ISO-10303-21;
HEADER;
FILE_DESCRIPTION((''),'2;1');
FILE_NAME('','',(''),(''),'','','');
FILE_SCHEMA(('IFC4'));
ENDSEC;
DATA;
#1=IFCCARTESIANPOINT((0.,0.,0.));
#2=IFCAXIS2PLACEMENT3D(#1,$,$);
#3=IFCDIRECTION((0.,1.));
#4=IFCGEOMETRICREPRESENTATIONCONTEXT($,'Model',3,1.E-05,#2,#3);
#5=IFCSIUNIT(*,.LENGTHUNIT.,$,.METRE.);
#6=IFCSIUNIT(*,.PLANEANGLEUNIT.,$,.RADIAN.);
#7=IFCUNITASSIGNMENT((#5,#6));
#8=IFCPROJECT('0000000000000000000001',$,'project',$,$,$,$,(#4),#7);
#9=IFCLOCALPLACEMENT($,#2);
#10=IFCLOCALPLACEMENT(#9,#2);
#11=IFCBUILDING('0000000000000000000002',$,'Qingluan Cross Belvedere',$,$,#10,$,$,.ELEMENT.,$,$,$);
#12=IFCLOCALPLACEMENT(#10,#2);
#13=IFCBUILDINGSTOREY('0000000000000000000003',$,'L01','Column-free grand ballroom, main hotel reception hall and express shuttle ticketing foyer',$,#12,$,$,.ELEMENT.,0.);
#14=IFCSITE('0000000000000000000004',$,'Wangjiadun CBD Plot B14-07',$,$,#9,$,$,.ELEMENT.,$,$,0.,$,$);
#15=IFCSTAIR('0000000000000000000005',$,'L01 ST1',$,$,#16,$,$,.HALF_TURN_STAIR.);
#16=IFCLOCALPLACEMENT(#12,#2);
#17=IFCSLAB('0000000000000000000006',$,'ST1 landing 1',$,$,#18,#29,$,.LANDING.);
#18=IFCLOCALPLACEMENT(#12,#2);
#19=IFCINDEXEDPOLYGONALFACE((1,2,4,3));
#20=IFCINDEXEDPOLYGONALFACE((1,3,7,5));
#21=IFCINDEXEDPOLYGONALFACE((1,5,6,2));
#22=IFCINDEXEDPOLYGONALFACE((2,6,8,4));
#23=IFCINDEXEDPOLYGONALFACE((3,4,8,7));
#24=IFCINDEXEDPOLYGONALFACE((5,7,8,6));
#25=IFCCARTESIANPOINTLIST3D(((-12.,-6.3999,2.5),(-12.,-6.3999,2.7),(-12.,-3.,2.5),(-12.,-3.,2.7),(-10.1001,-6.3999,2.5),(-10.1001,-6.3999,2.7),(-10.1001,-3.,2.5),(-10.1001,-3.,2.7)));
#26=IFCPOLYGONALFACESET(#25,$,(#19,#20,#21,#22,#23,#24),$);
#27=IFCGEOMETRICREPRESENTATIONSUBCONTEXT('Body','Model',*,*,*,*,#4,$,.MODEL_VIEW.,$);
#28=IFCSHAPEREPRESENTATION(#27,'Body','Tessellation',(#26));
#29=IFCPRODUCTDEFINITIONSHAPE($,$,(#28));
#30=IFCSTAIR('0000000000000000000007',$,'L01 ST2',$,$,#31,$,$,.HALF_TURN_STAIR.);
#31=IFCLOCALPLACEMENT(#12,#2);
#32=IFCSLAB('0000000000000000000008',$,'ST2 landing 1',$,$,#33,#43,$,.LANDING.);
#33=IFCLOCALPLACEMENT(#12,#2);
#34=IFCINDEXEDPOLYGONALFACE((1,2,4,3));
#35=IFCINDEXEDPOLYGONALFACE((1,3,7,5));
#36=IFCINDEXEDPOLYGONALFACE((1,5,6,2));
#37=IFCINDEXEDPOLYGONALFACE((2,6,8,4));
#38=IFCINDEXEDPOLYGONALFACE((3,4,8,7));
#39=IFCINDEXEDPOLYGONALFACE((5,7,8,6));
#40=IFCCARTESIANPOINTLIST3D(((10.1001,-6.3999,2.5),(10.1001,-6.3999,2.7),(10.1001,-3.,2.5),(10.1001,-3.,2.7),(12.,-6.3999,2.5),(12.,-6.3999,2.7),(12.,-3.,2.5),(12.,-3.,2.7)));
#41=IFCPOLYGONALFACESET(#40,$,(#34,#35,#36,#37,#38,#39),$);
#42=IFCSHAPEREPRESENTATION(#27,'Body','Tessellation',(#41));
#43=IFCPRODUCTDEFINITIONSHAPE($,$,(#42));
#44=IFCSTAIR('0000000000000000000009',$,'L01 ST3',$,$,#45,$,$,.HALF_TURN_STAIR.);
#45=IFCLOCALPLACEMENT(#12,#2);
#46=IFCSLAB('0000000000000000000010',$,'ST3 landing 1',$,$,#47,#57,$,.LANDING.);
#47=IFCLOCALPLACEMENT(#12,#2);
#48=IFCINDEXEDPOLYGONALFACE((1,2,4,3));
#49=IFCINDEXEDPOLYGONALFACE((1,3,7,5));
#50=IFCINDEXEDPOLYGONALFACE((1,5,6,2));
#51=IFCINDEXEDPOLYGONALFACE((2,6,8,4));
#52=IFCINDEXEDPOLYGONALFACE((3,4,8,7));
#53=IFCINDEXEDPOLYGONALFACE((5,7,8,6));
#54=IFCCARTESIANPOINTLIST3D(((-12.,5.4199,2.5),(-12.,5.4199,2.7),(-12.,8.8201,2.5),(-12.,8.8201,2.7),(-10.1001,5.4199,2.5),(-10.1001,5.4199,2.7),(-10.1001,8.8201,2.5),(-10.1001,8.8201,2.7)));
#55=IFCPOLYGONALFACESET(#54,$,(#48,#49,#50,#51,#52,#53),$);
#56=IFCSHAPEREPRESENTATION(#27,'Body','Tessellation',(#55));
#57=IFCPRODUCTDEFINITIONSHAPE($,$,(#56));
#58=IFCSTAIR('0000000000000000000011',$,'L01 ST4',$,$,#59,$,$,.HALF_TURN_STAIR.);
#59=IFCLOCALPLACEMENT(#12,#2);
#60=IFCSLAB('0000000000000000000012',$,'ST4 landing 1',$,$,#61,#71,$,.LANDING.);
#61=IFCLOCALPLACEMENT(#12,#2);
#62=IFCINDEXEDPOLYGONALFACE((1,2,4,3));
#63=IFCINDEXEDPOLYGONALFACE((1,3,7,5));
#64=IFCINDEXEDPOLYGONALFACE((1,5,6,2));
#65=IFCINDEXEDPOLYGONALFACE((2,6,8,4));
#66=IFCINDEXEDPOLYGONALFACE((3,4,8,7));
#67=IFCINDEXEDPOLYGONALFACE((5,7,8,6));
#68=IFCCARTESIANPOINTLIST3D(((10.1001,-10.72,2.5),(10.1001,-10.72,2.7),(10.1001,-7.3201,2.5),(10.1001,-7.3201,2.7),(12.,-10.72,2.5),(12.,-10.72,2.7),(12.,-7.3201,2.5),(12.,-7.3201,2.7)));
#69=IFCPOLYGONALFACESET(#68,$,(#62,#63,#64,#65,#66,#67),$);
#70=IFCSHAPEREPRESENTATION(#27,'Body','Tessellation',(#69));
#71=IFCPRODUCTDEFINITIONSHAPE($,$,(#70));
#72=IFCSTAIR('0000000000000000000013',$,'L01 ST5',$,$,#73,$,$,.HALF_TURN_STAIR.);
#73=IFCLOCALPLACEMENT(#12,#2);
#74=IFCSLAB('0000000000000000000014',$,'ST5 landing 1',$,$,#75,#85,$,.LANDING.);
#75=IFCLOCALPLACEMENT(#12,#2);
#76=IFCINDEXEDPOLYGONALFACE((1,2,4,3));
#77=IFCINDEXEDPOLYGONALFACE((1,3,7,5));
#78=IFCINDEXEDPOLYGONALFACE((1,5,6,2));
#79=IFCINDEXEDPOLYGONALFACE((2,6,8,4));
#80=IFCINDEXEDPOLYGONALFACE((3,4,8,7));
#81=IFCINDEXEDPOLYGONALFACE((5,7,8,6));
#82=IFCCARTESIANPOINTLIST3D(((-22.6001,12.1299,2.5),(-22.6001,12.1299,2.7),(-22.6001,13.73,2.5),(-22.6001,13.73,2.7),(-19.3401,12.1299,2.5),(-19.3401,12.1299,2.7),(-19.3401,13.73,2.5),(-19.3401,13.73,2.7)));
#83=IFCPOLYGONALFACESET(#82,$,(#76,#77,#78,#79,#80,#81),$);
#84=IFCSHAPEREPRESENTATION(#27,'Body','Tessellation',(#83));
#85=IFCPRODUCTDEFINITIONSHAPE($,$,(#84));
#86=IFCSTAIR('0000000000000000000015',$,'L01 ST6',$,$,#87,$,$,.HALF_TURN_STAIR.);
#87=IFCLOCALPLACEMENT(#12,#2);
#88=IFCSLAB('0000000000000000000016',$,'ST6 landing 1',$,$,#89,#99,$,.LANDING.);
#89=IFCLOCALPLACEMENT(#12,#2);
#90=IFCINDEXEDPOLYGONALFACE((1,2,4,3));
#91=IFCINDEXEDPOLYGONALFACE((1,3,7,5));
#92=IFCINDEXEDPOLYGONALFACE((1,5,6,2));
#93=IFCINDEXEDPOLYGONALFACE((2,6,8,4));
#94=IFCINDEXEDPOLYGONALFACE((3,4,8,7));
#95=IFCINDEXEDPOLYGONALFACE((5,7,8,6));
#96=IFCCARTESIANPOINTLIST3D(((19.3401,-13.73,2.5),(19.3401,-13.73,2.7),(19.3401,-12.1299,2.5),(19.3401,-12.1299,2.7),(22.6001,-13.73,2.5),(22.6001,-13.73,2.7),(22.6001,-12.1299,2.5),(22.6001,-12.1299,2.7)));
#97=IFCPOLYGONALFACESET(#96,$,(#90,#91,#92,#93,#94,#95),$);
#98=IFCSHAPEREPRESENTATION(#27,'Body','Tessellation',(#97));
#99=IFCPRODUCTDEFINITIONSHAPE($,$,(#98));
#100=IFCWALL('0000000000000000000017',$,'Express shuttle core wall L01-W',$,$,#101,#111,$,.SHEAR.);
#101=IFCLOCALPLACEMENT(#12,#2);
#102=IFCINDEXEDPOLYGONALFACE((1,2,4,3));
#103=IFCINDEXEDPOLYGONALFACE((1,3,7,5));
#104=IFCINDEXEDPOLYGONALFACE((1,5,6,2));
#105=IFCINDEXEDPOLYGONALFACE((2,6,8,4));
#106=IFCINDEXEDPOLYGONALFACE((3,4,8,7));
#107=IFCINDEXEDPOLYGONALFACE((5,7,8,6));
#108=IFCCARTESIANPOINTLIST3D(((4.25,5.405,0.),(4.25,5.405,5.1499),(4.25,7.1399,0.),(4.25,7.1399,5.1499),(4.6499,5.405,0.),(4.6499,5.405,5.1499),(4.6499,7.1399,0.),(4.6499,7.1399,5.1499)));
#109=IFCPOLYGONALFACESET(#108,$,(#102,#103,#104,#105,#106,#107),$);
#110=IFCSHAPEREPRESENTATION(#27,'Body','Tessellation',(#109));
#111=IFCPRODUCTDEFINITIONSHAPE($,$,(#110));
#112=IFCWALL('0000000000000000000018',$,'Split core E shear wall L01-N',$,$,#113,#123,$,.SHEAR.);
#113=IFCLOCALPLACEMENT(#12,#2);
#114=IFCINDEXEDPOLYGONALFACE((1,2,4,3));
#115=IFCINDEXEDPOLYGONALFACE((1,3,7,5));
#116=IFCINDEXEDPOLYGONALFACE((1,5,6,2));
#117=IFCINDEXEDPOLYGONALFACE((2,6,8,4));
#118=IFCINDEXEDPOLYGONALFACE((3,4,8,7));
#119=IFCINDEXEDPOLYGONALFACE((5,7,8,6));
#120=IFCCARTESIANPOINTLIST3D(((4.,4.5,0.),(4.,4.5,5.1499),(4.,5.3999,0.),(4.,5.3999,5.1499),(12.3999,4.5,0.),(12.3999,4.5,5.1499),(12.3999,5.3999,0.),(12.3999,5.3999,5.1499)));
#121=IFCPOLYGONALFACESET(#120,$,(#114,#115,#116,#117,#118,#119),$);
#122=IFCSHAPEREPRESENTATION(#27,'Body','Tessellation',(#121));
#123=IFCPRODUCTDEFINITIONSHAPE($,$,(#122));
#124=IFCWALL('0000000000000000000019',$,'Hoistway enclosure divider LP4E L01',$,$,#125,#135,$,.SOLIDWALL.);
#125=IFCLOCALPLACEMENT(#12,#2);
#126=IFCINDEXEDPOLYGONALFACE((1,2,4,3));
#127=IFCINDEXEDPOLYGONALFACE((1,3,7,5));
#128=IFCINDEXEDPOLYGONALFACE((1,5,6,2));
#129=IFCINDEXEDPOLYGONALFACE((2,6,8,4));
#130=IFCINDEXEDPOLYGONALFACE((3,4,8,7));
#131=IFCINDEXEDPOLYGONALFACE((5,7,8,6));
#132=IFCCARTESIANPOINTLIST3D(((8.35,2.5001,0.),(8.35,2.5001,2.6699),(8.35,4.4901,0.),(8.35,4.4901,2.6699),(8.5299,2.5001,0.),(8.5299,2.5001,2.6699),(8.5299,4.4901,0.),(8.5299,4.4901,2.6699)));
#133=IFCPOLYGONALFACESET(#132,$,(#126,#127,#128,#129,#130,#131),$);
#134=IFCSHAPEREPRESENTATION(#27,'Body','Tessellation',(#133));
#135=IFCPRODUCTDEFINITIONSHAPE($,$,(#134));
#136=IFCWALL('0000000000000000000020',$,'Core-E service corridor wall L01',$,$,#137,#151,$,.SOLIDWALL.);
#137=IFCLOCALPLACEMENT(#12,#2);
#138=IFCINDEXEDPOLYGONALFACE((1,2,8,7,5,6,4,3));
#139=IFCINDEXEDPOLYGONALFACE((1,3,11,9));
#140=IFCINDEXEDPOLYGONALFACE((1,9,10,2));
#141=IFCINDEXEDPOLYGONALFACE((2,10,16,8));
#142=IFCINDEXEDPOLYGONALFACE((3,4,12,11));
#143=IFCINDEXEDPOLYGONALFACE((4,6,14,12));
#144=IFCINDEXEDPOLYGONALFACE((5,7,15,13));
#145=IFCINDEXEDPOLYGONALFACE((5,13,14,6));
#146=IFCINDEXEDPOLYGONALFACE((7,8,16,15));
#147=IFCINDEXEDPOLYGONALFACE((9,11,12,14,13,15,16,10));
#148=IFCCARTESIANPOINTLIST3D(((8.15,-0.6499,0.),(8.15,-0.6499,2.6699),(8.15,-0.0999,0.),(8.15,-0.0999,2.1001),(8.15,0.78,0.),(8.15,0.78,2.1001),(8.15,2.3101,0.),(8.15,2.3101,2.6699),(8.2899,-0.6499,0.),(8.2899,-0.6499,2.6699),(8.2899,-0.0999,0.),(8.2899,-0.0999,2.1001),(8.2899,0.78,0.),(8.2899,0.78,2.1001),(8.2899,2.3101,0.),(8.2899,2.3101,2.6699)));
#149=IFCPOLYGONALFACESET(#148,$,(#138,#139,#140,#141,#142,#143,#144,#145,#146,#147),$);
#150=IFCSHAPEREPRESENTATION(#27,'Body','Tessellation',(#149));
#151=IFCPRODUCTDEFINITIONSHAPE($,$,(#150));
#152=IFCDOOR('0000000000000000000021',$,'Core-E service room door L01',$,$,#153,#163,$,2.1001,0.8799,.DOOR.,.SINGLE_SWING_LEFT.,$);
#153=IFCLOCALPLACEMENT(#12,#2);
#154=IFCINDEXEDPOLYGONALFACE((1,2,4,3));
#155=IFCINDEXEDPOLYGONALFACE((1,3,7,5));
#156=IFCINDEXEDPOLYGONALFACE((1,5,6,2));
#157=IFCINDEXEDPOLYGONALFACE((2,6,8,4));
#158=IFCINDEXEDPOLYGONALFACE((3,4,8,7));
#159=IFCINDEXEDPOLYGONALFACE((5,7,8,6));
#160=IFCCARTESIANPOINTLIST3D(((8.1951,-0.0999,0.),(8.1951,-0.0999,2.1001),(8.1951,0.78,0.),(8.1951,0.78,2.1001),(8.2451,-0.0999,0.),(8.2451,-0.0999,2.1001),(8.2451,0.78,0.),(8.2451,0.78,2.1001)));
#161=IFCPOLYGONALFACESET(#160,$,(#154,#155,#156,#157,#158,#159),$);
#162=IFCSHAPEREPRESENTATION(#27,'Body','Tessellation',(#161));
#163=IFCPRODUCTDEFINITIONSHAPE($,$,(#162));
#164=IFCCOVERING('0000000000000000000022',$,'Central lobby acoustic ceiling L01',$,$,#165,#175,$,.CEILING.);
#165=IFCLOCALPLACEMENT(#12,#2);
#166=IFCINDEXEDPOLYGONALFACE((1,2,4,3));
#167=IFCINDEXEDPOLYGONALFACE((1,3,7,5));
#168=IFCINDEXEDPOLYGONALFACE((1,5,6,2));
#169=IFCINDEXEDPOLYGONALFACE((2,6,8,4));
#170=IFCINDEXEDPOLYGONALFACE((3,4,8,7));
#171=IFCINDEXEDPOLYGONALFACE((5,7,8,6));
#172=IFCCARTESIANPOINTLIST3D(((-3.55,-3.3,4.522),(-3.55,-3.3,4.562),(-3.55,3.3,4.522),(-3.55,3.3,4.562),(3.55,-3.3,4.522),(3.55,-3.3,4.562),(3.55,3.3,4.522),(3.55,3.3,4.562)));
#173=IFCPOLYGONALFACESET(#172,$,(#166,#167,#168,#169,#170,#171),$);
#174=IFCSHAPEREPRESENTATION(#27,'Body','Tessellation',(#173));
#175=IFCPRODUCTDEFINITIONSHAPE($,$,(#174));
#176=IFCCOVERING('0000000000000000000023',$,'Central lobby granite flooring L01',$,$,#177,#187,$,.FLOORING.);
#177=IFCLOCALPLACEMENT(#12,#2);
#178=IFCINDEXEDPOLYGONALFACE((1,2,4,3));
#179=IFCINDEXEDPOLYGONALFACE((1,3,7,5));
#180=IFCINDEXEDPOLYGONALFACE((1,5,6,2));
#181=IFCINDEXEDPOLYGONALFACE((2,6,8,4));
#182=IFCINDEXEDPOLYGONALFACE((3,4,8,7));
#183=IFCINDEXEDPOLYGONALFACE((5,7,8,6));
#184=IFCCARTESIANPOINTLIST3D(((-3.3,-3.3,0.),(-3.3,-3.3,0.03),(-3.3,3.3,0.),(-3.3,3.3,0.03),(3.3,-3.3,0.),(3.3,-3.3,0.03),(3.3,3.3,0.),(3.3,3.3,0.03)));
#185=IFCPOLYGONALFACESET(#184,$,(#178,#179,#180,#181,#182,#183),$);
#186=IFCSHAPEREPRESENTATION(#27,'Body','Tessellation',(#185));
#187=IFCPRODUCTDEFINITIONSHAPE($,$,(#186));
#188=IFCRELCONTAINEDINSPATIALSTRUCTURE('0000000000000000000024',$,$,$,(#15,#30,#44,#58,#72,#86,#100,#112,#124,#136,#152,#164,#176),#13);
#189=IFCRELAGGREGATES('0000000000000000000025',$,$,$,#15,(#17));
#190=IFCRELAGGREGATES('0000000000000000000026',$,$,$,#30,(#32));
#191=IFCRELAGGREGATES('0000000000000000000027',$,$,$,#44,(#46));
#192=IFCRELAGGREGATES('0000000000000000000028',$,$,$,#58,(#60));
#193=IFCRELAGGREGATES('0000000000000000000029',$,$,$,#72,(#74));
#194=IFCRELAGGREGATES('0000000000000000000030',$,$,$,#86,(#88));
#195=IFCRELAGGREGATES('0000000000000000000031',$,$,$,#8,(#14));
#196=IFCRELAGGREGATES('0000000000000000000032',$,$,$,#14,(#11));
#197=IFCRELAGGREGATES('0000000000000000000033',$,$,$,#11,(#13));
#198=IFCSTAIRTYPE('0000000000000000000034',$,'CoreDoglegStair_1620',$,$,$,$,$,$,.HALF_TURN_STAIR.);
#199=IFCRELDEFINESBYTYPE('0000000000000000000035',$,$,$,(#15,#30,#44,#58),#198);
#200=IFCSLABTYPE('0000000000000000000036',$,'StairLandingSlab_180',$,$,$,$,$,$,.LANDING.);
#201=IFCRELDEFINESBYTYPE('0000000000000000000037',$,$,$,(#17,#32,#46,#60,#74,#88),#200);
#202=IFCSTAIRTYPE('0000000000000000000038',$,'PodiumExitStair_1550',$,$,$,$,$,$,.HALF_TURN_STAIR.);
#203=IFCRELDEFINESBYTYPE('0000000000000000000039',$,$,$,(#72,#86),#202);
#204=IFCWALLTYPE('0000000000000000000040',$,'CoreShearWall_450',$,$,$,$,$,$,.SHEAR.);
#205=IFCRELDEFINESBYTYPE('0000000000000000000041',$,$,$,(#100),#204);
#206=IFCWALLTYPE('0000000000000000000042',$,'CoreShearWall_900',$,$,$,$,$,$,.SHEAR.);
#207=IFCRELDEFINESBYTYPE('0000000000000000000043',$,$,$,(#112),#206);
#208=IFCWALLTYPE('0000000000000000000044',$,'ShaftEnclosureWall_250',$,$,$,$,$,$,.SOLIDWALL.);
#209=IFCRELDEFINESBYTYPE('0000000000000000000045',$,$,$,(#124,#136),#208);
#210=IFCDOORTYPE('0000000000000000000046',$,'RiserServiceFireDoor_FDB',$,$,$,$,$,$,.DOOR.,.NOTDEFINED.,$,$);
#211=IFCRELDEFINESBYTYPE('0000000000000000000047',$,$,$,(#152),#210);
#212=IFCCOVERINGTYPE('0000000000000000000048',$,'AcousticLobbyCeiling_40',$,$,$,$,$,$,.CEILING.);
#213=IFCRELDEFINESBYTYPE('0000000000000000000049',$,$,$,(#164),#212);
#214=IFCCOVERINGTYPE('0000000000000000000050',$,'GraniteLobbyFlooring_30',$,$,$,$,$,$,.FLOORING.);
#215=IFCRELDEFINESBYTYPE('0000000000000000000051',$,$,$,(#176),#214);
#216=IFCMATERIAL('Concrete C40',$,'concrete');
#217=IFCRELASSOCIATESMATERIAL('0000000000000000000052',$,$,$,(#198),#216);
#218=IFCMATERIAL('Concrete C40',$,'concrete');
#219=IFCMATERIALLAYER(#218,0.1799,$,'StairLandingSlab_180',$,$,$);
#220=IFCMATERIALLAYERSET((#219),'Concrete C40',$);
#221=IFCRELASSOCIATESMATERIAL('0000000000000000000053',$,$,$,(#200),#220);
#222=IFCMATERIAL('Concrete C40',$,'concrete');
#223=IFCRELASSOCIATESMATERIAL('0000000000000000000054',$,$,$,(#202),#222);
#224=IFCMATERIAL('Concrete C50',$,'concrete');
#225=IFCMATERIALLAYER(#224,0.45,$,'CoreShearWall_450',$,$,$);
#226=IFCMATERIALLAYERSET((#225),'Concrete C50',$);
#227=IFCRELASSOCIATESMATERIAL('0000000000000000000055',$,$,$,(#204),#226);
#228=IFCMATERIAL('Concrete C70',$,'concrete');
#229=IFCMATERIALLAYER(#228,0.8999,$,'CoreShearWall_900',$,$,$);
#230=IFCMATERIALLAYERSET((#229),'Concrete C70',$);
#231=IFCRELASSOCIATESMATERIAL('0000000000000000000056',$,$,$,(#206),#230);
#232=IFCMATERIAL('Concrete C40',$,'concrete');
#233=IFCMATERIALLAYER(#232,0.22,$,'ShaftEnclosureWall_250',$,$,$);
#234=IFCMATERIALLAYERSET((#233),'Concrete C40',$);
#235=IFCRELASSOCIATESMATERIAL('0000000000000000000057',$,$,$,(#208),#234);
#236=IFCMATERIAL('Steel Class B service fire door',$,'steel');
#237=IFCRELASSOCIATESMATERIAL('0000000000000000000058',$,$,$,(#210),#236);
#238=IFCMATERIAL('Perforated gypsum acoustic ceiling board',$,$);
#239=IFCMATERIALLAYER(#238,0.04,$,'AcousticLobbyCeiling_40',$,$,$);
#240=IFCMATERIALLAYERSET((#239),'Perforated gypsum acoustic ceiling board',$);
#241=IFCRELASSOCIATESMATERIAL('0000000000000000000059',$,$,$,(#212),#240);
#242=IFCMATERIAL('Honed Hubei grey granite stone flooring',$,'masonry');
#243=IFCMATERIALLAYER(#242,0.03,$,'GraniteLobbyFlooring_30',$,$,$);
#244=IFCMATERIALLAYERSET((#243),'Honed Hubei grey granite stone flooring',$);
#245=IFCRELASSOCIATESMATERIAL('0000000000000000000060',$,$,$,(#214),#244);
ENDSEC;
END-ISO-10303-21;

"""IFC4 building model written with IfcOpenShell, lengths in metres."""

from ifc_helpers import new_model, si_unit, direction, frame, frame_2d, origin, origin_with_axes, origin_2d, place, context, subcontext, project, spatial, polyline, rectangle, outline, extrude, material, layer, layer_set, type_object, element, fill, aggregate, save


model = new_model("IFC4")

# Units and contexts
model_context = context("Model", 3, precision=1e-05, world=origin(), true_north=direction((0.0, 1.0)))
body_context = subcontext(model_context, "Body", "Model", "MODEL_VIEW")
ifc_project = project(units=[si_unit("LENGTHUNIT", "METRE"), si_unit("PLANEANGLEUNIT", "RADIAN")], contexts=[model_context])

# Site, building, storey
site_placement = place(None, origin())
site = spatial("IfcSite", under=ifc_project, at=site_placement, Name="Wangjiadun CBD Plot B14-07", CompositionType="ELEMENT", RefElevation=0.0)
building_placement = place(site_placement, origin())
building = spatial("IfcBuilding", under=site, at=building_placement, Name="Qingluan Cross Belvedere", CompositionType="ELEMENT")
storey_placement = place(building_placement, origin())
storey = spatial("IfcBuildingStorey", under=building, at=storey_placement, Name="L01", Description="Column-free grand ballroom, main hotel reception hall and express shuttle ticketing foyer", CompositionType="ELEMENT", Elevation=0.0)

# Stairs, slabs
ifc_material_1 = material(Name="Concrete C40", Category="concrete")
stair_type_1 = type_object("IfcStairType", Name="CoreDoglegStair_1620", PredefinedType="HALF_TURN_STAIR", material=ifc_material_1)
stair_1_placement = place(storey_placement, origin())
stair_1 = element("IfcStair", 1, at=stair_1_placement, inside=storey, type_object=stair_type_1, Name="L01 ST1", PredefinedType="HALF_TURN_STAIR")
ifc_material_2 = material(Name="Concrete C40", Category="concrete")
ifc_layer_1 = layer(ifc_material_2, 0.1799, Name="StairLandingSlab_180")
ifc_layer_set_1 = layer_set([ifc_layer_1], Name="Concrete C40")
slab_type = type_object("IfcSlabType", Name="StairLandingSlab_180", PredefinedType="LANDING", material=ifc_layer_set_1)
slab_1_placement = place(storey_placement, frame((0.0, 0.0, 2.5)))
slab_1 = element("IfcSlab", 2, at=slab_1_placement, type_object=slab_type, Name="ST1 landing 1", PredefinedType="LANDING", context=body_context, shape_type="SweptSolid", body=[
    extrude(outline(polyline([(-10.1001, -3.0), (-12.0, -3.0), (-12.0, -6.3999), (-10.1001, -6.3999), (-10.1001, -3.0)])), origin(), (0.0, 0.0, 1.0), 0.2),
])
aggregate(stair_1, [slab_1])
stair_2_placement = place(storey_placement, origin())
stair_2 = element("IfcStair", 3, at=stair_2_placement, inside=storey, type_object=stair_type_1, Name="L01 ST2", PredefinedType="HALF_TURN_STAIR")
slab_2_placement = place(storey_placement, frame((0.0, 0.0, 2.5)))
slab_2 = element("IfcSlab", 4, at=slab_2_placement, type_object=slab_type, Name="ST2 landing 1", PredefinedType="LANDING", context=body_context, shape_type="SweptSolid", body=[
    extrude(outline(polyline([(10.1001, -6.3999), (12.0, -6.3999), (12.0, -3.0), (10.1001, -3.0), (10.1001, -6.3999)])), origin(), (0.0, 0.0, 1.0), 0.2),
])
aggregate(stair_2, [slab_2])
stair_3_placement = place(storey_placement, origin())
stair_3 = element("IfcStair", 5, at=stair_3_placement, inside=storey, type_object=stair_type_1, Name="L01 ST3", PredefinedType="HALF_TURN_STAIR")
slab_3_placement = place(storey_placement, frame((0.0, 0.0, 2.5)))
slab_3 = element("IfcSlab", 6, at=slab_3_placement, type_object=slab_type, Name="ST3 landing 1", PredefinedType="LANDING", context=body_context, shape_type="SweptSolid", body=[
    extrude(outline(polyline([(-10.1001, 8.8201), (-12.0, 8.8201), (-12.0, 5.4199), (-10.1001, 5.4199), (-10.1001, 8.8201)])), origin(), (0.0, 0.0, 1.0), 0.2),
])
aggregate(stair_3, [slab_3])
stair_4_placement = place(storey_placement, origin())
stair_4 = element("IfcStair", 7, at=stair_4_placement, inside=storey, type_object=stair_type_1, Name="L01 ST4", PredefinedType="HALF_TURN_STAIR")
slab_4_placement = place(storey_placement, frame((0.0, 0.0, 2.5)))
slab_4 = element("IfcSlab", 8, at=slab_4_placement, type_object=slab_type, Name="ST4 landing 1", PredefinedType="LANDING", context=body_context, shape_type="SweptSolid", body=[
    extrude(outline(polyline([(10.1001, -10.72), (12.0, -10.72), (12.0, -7.3201), (10.1001, -7.3201), (10.1001, -10.72)])), origin(), (0.0, 0.0, 1.0), 0.2),
])
aggregate(stair_4, [slab_4])
ifc_material_3 = material(Name="Concrete C40", Category="concrete")
stair_type_2 = type_object("IfcStairType", Name="PodiumExitStair_1550", PredefinedType="HALF_TURN_STAIR", material=ifc_material_3)
stair_5_placement = place(storey_placement, origin())
stair_5 = element("IfcStair", 9, at=stair_5_placement, inside=storey, type_object=stair_type_2, Name="L01 ST5", PredefinedType="HALF_TURN_STAIR")
slab_5_placement = place(storey_placement, frame((0.0, 0.0, 2.5)))
slab_5 = element("IfcSlab", 10, at=slab_5_placement, type_object=slab_type, Name="ST5 landing 1", PredefinedType="LANDING", context=body_context, shape_type="SweptSolid", body=[
    extrude(outline(polyline([(-19.3401, 12.1299), (-19.3401, 13.73), (-22.6001, 13.73), (-22.6001, 12.1299), (-19.3401, 12.1299)])), origin(), (0.0, 0.0, 1.0), 0.2),
])
aggregate(stair_5, [slab_5])
stair_6_placement = place(storey_placement, origin())
stair_6 = element("IfcStair", 11, at=stair_6_placement, inside=storey, type_object=stair_type_2, Name="L01 ST6", PredefinedType="HALF_TURN_STAIR")
slab_6_placement = place(storey_placement, frame((0.0, 0.0, 2.5)))
slab_6 = element("IfcSlab", 12, at=slab_6_placement, type_object=slab_type, Name="ST6 landing 1", PredefinedType="LANDING", context=body_context, shape_type="SweptSolid", body=[
    extrude(outline(polyline([(19.3401, -12.1299), (19.3401, -13.73), (22.6001, -13.73), (22.6001, -12.1299), (19.3401, -12.1299)])), origin(), (0.0, 0.0, 1.0), 0.2),
])
aggregate(stair_6, [slab_6])

# Walls
ifc_material_4 = material(Name="Concrete C50", Category="concrete")
ifc_layer_2 = layer(ifc_material_4, 0.45, Name="CoreShearWall_450")
ifc_layer_set_2 = layer_set([ifc_layer_2], Name="Concrete C50")
wall_type_1 = type_object("IfcWallType", Name="CoreShearWall_450", PredefinedType="SHEAR", material=ifc_layer_set_2)
wall_1_placement = place(storey_placement, frame((4.45, 5.405, 0.0), z_axis=(0.0, 0.0, 1.0), x_axis=(0.0, 1.0, 0.0)))
element("IfcWall", 13, at=wall_1_placement, inside=storey, type_object=wall_type_1, Name="Express shuttle core wall L01-W", PredefinedType="SHEAR", context=body_context, shape_type="SweptSolid", body=[
    extrude(rectangle(XDim=1.7349, YDim=0.3999, at=frame_2d((0.8674, 0.0))), origin(), (0.0, 0.0, 1.0), 5.1499),
])
ifc_material_5 = material(Name="Concrete C70", Category="concrete")
ifc_layer_3 = layer(ifc_material_5, 0.8999, Name="CoreShearWall_900")
ifc_layer_set_3 = layer_set([ifc_layer_3], Name="Concrete C70")
wall_type_2 = type_object("IfcWallType", Name="CoreShearWall_900", PredefinedType="SHEAR", material=ifc_layer_set_3)
wall_2_placement = place(storey_placement, frame((4.0, 4.95, 0.0), z_axis=(0.0, 0.0, 1.0), x_axis=(1.0, 0.0, 0.0)))
element("IfcWall", 14, at=wall_2_placement, inside=storey, type_object=wall_type_2, Name="Split core E shear wall L01-N", PredefinedType="SHEAR", context=body_context, shape_type="SweptSolid", body=[
    extrude(rectangle(XDim=8.3999, YDim=0.8999, at=frame_2d((4.2, 0.0))), origin(), (0.0, 0.0, 1.0), 5.1499),
])

# Shared definitions
ifc_material_6 = material(Name="Concrete C40", Category="concrete")
ifc_layer_4 = layer(ifc_material_6, 0.22, Name="ShaftEnclosureWall_250")
ifc_layer_set_4 = layer_set([ifc_layer_4], Name="Concrete C40")
wall_type_3 = type_object("IfcWallType", Name="ShaftEnclosureWall_250", PredefinedType="SOLIDWALL", material=ifc_layer_set_4)

# Wall
wall_3_placement = place(storey_placement, frame((8.4399, 2.5, 0.0), z_axis=(0.0, 0.0, 1.0), x_axis=(0.0, 1.0, 0.0)))
element("IfcWall", 15, at=wall_3_placement, inside=storey, type_object=wall_type_3, Name="Hoistway enclosure divider LP4E L01", PredefinedType="SOLIDWALL", context=body_context, shape_type="SweptSolid", body=[
    extrude(rectangle(XDim=1.99, YDim=0.1799, at=frame_2d((0.9951, 0.0))), origin(), (0.0, 0.0, 1.0), 2.6699),
])

# Wall, opening, door
wall_4_placement = place(storey_placement, frame((8.22, -0.6499, 0.0), z_axis=(0.0, 0.0, 1.0), x_axis=(0.0, 1.0, 0.0)))
wall_4 = element("IfcWall", 16, at=wall_4_placement, inside=storey, type_object=wall_type_3, Name="Core-E service corridor wall L01", PredefinedType="SOLIDWALL", context=body_context, shape_type="SweptSolid", body=[
    extrude(rectangle(XDim=2.96, YDim=0.1399, at=frame_2d((1.48, 0.0))), origin(), (0.0, 0.0, 1.0), 2.6699),
])
opening_1_placement = place(wall_4_placement, frame((0.55, 0.0, 0.0)))
opening_1 = element("IfcOpeningElement", 17, at=opening_1_placement, cuts=wall_4, PredefinedType="OPENING", context=body_context, shape_type="SweptSolid", body=[
    extrude(rectangle(XDim=0.8799, YDim=2.1001, at=frame_2d((0.4399, 1.05))), frame((0.0, 0.0798, 0.0), z_axis=(0.0, -1.0, 0.0), x_axis=(1.0, 0.0, 0.0)), (0.0, 0.0, 1.0), 0.1599),
])
ifc_material_7 = material(Name="Steel Class B service fire door", Category="steel")
door_type_1 = type_object("IfcDoorType", Name="RiserServiceFireDoor_FDB", OperationType="NOTDEFINED", PredefinedType="DOOR", material=ifc_material_7)
door_1_placement = place(opening_1_placement, origin())
door_1 = element("IfcDoor", 18, at=door_1_placement, inside=storey, type_object=door_type_1, Name="Core-E service room door L01", OperationType="SINGLE_SWING_LEFT", OverallHeight=2.1001, OverallWidth=0.8799, PredefinedType="DOOR", context=body_context, shape_type="SweptSolid", body=[
    extrude(rectangle(XDim=0.8799, YDim=2.1001, at=frame_2d((0.4399, 1.05))), frame((0.0, 0.0249, 0.0), z_axis=(0.0, -1.0, 0.0), x_axis=(1.0, 0.0, 0.0)), (0.0, 0.0, 1.0), 0.05),
])
fill(opening_1, door_1)

# Coverings
ifc_material_8 = material(Name="Perforated gypsum acoustic ceiling board")
ifc_layer_5 = layer(ifc_material_8, 0.04, Name="AcousticLobbyCeiling_40")
ifc_layer_set_5 = layer_set([ifc_layer_5], Name="Perforated gypsum acoustic ceiling board")
covering_type_1 = type_object("IfcCoveringType", Name="AcousticLobbyCeiling_40", PredefinedType="CEILING", material=ifc_layer_set_5)
covering_1_placement = place(storey_placement, frame((0.0, 0.0, 4.522), z_axis=(0.0, 0.0, 1.0), x_axis=(1.0, 0.0, 0.0)))
element("IfcCovering", 19, at=covering_1_placement, inside=storey, type_object=covering_type_1, Name="Central lobby acoustic ceiling L01", PredefinedType="CEILING", context=body_context, shape_type="SweptSolid", body=[
    extrude(rectangle(XDim=7.1001, YDim=6.6001, at=origin_2d()), origin(), (0.0, 0.0, 1.0), 0.04),
])
ifc_material_9 = material(Name="Honed Hubei grey granite stone flooring", Category="masonry")
ifc_layer_6 = layer(ifc_material_9, 0.03, Name="GraniteLobbyFlooring_30")
ifc_layer_set_6 = layer_set([ifc_layer_6], Name="Honed Hubei grey granite stone flooring")
covering_type_2 = type_object("IfcCoveringType", Name="GraniteLobbyFlooring_30", PredefinedType="FLOORING", material=ifc_layer_set_6)
covering_2_placement = place(storey_placement, origin_with_axes())
element("IfcCovering", 20, at=covering_2_placement, inside=storey, type_object=covering_type_2, Name="Central lobby granite flooring L01", PredefinedType="FLOORING", context=body_context, shape_type="SweptSolid", body=[
    extrude(rectangle(XDim=6.6001, YDim=6.6001, at=origin_2d()), origin(), (0.0, 0.0, 1.0), 0.03),
])

save(model, "model.ifc")
